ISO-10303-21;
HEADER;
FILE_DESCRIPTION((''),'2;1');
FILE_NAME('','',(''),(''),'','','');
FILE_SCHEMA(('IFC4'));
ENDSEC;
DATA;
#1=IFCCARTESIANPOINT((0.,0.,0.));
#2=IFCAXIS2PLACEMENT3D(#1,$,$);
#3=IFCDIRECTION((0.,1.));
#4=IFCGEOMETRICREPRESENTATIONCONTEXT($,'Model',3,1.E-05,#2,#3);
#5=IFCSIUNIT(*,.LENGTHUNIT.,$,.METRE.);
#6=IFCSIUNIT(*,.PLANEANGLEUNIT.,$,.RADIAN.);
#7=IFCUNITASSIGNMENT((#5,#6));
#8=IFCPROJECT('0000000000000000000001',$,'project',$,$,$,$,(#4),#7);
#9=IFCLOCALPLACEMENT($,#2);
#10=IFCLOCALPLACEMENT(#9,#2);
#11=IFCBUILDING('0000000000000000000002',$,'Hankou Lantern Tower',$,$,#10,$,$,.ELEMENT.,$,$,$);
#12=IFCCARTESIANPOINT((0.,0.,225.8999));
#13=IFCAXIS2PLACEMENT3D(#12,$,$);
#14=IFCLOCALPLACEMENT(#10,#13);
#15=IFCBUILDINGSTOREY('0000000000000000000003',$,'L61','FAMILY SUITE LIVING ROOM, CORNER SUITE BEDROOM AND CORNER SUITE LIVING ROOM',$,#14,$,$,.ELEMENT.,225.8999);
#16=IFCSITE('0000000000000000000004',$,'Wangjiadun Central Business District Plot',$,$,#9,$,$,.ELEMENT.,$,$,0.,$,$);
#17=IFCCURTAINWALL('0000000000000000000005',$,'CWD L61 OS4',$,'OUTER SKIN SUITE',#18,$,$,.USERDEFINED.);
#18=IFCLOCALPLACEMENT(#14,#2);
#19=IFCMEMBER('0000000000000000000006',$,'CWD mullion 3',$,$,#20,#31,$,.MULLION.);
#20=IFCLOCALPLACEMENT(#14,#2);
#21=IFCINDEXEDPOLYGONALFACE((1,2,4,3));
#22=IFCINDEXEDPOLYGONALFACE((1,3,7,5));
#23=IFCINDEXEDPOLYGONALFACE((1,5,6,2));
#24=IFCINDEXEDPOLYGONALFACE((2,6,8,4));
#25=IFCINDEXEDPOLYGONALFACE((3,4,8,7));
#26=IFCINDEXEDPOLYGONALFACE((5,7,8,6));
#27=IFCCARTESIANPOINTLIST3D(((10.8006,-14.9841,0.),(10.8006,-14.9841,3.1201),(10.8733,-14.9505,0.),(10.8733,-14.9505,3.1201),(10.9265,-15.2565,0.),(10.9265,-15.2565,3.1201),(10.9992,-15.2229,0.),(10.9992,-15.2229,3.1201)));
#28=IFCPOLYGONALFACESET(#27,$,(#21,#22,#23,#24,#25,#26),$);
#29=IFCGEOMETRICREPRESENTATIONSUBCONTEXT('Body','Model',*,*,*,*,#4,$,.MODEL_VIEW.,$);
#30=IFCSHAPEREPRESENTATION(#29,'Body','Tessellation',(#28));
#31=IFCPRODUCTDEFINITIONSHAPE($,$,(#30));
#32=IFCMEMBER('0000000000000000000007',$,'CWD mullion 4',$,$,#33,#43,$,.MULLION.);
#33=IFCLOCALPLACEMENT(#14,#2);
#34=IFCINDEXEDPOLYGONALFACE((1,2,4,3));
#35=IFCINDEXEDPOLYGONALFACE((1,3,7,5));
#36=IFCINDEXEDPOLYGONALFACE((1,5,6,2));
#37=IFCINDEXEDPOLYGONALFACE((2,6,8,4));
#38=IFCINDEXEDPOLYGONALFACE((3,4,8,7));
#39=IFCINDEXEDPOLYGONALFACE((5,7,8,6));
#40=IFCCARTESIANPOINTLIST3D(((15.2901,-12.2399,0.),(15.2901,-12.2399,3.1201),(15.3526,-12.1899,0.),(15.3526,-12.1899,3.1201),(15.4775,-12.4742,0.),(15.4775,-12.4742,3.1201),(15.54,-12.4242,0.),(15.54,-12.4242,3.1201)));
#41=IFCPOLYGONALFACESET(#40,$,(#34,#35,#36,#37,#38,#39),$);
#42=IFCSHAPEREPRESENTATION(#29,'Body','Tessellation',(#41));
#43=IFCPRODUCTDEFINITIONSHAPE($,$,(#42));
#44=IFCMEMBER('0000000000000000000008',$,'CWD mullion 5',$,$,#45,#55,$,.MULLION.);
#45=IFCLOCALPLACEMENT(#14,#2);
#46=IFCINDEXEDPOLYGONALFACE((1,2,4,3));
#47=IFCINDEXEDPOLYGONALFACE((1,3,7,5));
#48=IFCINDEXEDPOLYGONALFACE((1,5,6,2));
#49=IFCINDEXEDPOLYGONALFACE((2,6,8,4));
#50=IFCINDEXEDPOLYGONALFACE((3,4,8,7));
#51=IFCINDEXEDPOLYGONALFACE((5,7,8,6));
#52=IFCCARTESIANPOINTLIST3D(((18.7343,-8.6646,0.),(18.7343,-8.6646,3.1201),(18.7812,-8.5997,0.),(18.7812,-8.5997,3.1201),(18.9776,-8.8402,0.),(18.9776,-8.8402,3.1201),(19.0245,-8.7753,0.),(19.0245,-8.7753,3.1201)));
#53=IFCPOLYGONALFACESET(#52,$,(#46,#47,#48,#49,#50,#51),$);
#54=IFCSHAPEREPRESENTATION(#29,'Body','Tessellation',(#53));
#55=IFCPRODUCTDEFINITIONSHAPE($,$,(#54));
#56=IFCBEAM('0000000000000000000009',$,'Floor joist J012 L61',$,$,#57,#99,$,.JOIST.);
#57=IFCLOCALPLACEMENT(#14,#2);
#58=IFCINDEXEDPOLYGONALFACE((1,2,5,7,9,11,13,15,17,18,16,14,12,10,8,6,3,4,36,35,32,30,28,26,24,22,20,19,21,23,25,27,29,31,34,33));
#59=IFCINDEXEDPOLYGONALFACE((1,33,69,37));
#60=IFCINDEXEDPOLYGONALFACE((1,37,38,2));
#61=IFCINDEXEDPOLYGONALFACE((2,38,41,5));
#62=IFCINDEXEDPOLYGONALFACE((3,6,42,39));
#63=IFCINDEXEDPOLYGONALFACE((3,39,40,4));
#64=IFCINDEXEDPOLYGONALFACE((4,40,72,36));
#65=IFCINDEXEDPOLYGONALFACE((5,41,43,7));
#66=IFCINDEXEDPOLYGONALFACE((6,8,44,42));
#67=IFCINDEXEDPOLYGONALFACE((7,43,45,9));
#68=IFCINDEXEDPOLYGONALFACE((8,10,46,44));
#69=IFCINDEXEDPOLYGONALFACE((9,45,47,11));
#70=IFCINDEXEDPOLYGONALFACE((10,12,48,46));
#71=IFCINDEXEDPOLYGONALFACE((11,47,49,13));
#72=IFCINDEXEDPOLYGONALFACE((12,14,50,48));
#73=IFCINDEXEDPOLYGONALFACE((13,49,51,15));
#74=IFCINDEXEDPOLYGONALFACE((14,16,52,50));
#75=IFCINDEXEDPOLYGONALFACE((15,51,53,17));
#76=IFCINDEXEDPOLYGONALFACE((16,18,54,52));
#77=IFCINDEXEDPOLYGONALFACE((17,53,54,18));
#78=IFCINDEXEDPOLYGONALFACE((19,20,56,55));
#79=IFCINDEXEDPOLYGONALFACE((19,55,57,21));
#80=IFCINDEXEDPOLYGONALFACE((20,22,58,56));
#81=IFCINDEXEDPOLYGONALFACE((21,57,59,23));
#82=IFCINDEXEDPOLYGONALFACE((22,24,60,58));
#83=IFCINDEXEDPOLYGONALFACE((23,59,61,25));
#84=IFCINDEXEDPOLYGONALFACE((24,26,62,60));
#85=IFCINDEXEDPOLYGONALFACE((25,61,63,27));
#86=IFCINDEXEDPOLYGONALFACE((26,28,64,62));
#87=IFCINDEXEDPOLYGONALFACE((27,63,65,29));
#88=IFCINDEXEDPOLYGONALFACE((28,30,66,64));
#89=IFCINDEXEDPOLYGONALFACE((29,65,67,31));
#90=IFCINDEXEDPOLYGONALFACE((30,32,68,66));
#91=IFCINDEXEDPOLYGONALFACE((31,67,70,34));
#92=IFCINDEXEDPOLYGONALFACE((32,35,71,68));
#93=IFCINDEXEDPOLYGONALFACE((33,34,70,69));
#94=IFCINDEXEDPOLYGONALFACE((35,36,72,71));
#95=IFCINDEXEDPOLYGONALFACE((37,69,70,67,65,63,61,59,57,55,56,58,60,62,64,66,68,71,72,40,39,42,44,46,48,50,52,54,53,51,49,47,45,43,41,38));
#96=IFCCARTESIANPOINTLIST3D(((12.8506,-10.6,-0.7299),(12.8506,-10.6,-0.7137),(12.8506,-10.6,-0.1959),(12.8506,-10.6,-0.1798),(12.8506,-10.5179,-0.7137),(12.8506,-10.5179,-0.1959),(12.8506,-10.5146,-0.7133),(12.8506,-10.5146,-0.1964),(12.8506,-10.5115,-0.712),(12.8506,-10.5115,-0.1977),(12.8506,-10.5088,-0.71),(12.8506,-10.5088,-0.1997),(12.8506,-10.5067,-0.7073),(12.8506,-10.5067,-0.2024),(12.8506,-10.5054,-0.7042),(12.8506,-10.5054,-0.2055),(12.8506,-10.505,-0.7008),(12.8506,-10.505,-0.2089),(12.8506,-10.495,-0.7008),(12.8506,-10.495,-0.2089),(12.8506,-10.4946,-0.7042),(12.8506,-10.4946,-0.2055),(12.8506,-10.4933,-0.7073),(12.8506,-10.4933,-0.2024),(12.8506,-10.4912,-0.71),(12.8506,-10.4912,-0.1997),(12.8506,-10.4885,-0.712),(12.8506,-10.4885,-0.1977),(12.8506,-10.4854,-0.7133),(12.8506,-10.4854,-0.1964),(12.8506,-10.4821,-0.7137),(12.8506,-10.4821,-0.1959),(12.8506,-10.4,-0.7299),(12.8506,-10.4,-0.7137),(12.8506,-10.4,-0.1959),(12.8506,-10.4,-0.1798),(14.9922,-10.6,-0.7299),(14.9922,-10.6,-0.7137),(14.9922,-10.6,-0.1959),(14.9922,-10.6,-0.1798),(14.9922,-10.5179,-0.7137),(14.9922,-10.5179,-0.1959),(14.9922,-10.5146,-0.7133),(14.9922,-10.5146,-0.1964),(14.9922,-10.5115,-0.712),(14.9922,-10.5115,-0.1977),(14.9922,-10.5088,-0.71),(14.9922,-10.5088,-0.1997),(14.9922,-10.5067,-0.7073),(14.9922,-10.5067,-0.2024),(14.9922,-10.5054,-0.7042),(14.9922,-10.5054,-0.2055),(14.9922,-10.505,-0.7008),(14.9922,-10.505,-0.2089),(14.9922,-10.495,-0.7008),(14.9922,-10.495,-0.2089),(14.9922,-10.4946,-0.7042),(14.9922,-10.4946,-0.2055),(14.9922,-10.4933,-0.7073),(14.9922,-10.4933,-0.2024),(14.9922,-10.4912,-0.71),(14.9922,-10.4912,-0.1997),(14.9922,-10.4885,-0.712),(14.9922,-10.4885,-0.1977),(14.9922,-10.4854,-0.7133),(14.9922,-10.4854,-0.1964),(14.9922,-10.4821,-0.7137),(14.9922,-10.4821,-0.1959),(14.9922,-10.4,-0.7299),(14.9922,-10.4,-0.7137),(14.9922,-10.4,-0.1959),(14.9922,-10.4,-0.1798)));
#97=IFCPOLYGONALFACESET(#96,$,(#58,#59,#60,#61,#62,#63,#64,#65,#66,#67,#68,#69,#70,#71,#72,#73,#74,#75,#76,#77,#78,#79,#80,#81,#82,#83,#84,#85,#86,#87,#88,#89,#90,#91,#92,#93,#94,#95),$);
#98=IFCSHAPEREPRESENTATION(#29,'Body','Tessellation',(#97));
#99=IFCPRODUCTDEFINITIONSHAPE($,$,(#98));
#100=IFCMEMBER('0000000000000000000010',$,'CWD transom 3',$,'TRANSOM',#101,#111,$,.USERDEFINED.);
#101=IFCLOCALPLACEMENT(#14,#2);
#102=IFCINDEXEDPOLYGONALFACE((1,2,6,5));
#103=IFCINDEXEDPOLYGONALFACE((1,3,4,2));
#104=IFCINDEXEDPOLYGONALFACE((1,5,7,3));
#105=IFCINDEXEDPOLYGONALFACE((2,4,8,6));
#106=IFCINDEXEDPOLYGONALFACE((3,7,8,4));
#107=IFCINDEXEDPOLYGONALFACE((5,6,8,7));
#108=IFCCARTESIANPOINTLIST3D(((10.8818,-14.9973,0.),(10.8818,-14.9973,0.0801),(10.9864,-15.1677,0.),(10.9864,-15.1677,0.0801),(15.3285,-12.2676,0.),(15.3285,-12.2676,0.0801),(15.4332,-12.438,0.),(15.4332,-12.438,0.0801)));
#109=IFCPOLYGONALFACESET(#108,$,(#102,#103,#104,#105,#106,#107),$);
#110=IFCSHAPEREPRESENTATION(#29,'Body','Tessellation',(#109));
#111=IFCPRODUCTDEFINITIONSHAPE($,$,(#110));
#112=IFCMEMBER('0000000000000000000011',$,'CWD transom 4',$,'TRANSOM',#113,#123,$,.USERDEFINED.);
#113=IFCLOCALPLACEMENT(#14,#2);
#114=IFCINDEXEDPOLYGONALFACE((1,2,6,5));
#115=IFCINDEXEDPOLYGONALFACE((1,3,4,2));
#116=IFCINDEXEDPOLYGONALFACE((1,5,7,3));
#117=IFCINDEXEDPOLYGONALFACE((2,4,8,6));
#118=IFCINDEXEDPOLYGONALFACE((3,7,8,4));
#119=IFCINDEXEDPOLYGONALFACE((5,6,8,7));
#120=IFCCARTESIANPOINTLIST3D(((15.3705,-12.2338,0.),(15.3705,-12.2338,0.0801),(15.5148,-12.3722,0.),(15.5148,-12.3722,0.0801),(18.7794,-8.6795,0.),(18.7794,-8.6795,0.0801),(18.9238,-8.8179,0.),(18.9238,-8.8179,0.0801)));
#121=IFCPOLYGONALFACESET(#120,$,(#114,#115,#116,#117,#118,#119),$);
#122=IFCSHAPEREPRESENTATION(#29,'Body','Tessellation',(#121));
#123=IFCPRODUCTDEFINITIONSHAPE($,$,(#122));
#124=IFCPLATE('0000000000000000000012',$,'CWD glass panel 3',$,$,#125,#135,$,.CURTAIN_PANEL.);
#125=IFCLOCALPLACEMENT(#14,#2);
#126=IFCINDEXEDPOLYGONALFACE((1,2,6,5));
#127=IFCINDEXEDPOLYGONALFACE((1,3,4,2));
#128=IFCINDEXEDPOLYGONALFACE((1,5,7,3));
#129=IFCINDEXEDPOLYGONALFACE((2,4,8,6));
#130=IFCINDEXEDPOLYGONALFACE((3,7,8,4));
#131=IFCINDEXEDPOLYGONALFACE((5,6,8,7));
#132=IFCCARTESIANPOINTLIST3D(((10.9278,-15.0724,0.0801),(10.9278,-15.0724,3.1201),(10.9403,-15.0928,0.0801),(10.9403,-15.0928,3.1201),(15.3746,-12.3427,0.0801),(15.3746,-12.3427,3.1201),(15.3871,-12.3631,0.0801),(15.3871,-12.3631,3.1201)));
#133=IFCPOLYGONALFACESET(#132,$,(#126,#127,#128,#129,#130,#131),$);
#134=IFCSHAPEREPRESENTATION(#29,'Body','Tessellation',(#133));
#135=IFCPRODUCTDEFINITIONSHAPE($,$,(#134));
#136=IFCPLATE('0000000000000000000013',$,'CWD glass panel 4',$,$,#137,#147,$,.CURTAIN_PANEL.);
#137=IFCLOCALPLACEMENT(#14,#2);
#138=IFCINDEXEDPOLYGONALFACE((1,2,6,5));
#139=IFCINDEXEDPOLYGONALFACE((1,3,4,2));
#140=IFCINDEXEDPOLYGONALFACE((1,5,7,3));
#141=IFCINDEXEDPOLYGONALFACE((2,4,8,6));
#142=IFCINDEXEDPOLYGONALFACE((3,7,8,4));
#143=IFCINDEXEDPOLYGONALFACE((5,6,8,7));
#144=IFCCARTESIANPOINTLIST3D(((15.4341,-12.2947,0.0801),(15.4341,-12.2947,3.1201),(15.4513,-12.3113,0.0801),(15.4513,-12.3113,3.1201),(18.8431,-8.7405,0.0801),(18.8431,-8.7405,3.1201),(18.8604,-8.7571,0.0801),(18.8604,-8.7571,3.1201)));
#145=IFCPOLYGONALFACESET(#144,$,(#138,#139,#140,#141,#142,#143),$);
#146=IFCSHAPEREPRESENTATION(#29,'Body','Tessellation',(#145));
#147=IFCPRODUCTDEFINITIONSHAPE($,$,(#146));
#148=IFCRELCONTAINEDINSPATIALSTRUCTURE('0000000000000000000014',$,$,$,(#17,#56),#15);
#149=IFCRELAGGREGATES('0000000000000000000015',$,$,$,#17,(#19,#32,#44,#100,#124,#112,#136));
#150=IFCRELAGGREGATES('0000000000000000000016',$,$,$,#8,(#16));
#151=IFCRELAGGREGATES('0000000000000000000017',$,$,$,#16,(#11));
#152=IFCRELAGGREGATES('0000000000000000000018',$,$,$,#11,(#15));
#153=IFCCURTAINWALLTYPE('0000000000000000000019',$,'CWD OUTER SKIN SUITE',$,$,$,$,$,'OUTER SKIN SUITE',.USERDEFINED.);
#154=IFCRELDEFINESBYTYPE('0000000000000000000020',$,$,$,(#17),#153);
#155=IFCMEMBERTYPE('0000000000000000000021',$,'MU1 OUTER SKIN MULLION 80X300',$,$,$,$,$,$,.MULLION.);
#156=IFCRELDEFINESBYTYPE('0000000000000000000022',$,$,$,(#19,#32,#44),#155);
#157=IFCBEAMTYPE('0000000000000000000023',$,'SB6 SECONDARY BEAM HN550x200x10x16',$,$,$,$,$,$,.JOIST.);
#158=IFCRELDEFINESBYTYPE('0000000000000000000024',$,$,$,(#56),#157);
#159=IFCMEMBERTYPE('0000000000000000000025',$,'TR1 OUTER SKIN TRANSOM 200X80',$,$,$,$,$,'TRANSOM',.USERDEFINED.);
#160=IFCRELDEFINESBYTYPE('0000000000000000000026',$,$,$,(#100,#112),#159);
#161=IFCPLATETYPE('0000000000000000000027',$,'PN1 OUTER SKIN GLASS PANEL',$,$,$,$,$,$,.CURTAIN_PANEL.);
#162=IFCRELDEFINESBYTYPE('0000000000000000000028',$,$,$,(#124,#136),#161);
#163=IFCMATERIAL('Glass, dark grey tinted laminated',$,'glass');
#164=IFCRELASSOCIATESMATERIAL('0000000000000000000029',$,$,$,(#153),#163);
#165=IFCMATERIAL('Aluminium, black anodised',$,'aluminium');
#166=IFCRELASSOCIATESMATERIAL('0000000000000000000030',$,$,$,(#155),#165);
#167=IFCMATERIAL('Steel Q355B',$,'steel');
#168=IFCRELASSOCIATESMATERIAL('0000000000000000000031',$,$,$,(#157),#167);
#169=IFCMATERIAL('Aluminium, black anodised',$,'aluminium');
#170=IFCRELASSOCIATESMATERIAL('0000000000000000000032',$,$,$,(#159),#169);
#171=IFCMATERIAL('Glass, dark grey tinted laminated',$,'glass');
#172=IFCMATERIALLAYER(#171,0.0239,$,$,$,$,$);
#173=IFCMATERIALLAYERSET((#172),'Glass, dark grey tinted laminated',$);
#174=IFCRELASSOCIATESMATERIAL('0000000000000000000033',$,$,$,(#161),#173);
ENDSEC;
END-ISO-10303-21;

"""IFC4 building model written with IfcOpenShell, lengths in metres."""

from ifc_helpers import new_model, si_unit, direction, frame, origin, origin_2d, place, context, subcontext, project, spatial, rectangle, i_section, extrude, material, layer, layer_set, material_profile, profile_set, type_object, element, aggregate, save


model = new_model("IFC4")

# Units and contexts
model_context = context("Model", 3, precision=1e-05, world=origin(), true_north=direction((0.0, 1.0)))
body_context = subcontext(model_context, "Body", "Model", "MODEL_VIEW")
ifc_project = project(units=[si_unit("LENGTHUNIT", "METRE"), si_unit("PLANEANGLEUNIT", "RADIAN")], contexts=[model_context])

# Site, building, storey
site_placement = place(None, origin())
site = spatial("IfcSite", under=ifc_project, at=site_placement, Name="Wangjiadun Central Business District Plot", CompositionType="ELEMENT", RefElevation=0.0)
building_placement = place(site_placement, origin())
building = spatial("IfcBuilding", under=site, at=building_placement, Name="Hankou Lantern Tower", CompositionType="ELEMENT")
storey_placement = place(building_placement, frame((0.0, 0.0, 225.8999)))
storey = spatial("IfcBuildingStorey", under=building, at=storey_placement, Name="L61", Description="FAMILY SUITE LIVING ROOM, CORNER SUITE BEDROOM AND CORNER SUITE LIVING ROOM", CompositionType="ELEMENT", Elevation=225.8999)

# Curtain wall, members
ifc_material_1 = material(Name="Glass, dark grey tinted laminated", Category="glass")
curtain_wall_type = type_object("IfcCurtainWallType", Name="CWD OUTER SKIN SUITE", ElementType="OUTER SKIN SUITE", PredefinedType="USERDEFINED", material=ifc_material_1)
curtain_wall_placement = place(storey_placement, origin())
curtain_wall = element("IfcCurtainWall", 1, at=curtain_wall_placement, inside=storey, type_object=curtain_wall_type, Name="CWD L61 OS4", ObjectType="OUTER SKIN SUITE", PredefinedType="USERDEFINED")
ifc_material_2 = material(Name="Aluminium, black anodised", Category="aluminium")
ifc_material_profile_1 = material_profile(ifc_material_2, rectangle(XDim=0.0801, YDim=0.3, at=origin_2d()), Name="MU1 80X300")
ifc_profile_set_1 = profile_set([ifc_material_profile_1], Name="Aluminium, black anodised")
member_type_1 = type_object("IfcMemberType", Name="MU1 OUTER SKIN MULLION 80X300", PredefinedType="MULLION", material=ifc_profile_set_1)
member_1_placement = place(storey_placement, frame((10.8999, -15.1035, 0.0), z_axis=(0.0, 0.0, 1.0), x_axis=(0.907841, 0.419314, 0.0)))
member_1 = element("IfcMember", 2, at=member_1_placement, type_object=member_type_1, Name="CWD mullion 3", PredefinedType="MULLION", context=body_context, shape_type="SweptSolid", body=[
    extrude(rectangle(XDim=0.0801, YDim=0.3, at=origin_2d()), origin(), (0.0, 0.0, 1.0), 3.1201),
])
member_2_placement = place(storey_placement, frame((15.415, -12.332, 0.0), z_axis=(0.0, 0.0, 1.0), x_axis=(0.780869, 0.624695, 0.0)))
member_2 = element("IfcMember", 3, at=member_2_placement, type_object=member_type_1, Name="CWD mullion 4", PredefinedType="MULLION", context=body_context, shape_type="SweptSolid", body=[
    extrude(rectangle(XDim=0.0801, YDim=0.3, at=origin_2d()), origin(), (0.0, 0.0, 1.0), 3.1201),
])
member_3_placement = place(storey_placement, frame((18.8794, -8.72, 0.0), z_axis=(0.0, 0.0, 1.0), x_axis=(0.585206, 0.810885, 0.0)))
member_3 = element("IfcMember", 4, at=member_3_placement, type_object=member_type_1, Name="CWD mullion 5", PredefinedType="MULLION", context=body_context, shape_type="SweptSolid", body=[
    extrude(rectangle(XDim=0.0801, YDim=0.3, at=origin_2d()), origin(), (0.0, 0.0, 1.0), 3.1201),
])

# Beam
ifc_material_3 = material(Name="Steel Q355B", Category="steel")
ifc_material_profile_2 = material_profile(ifc_material_3, i_section(OverallWidth=0.2, OverallDepth=0.55, WebThickness=0.01, FlangeThickness=0.0161, FilletRadius=0.0129, at=origin_2d()), Name="HN550x200x10x16")
ifc_profile_set_2 = profile_set([ifc_material_profile_2], Name="Steel Q355B")
beam_type_1 = type_object("IfcBeamType", Name="SB6 SECONDARY BEAM HN550x200x10x16", PredefinedType="JOIST", material=ifc_profile_set_2)
beam_1_placement = place(storey_placement, frame((12.8506, -10.5, -0.4548), z_axis=(1.0, 0.0, 0.0), x_axis=(0.0, 1.0, 0.0)))
element("IfcBeam", 5, at=beam_1_placement, inside=storey, type_object=beam_type_1, Name="Floor joist J012 L61", PredefinedType="JOIST", context=body_context, shape_type="SweptSolid", body=[
    extrude(i_section(OverallWidth=0.2, OverallDepth=0.55, WebThickness=0.01, FlangeThickness=0.0161, FilletRadius=0.0129, at=origin_2d()), origin(), (0.0, 0.0, 1.0), 2.1416),
])

# Members
ifc_material_4 = material(Name="Aluminium, black anodised", Category="aluminium")
ifc_material_profile_3 = material_profile(ifc_material_4, rectangle(XDim=0.2, YDim=0.0801, at=origin_2d()), Name="TR1 200X80")
ifc_profile_set_3 = profile_set([ifc_material_profile_3], Name="Aluminium, black anodised")
member_type_2 = type_object("IfcMemberType", Name="TR1 OUTER SKIN TRANSOM 200X80", ElementType="TRANSOM", PredefinedType="USERDEFINED", material=ifc_profile_set_3)
member_4_placement = place(storey_placement, frame((10.9341, -15.0825, 0.04), z_axis=(0.852235, 0.52316, 0.0), x_axis=(-0.52316, 0.852235, 0.0)))
member_4 = element("IfcMember", 6, at=member_4_placement, type_object=member_type_2, Name="CWD transom 3", ObjectType="TRANSOM", PredefinedType="USERDEFINED", context=body_context, shape_type="SweptSolid", body=[
    extrude(rectangle(XDim=0.2, YDim=0.0801, at=origin_2d()), origin(), (0.0, 0.0, 1.0), 5.2178),
])
member_5_placement = place(storey_placement, frame((15.4426, -12.303, 0.04), z_axis=(0.692205, 0.721701, 0.0), x_axis=(-0.721701, 0.692205, 0.0)))
member_5 = element("IfcMember", 7, at=member_5_placement, type_object=member_type_2, Name="CWD transom 4", ObjectType="TRANSOM", PredefinedType="USERDEFINED", context=body_context, shape_type="SweptSolid", body=[
    extrude(rectangle(XDim=0.2, YDim=0.0801, at=origin_2d()), origin(), (0.0, 0.0, 1.0), 4.9248),
])

# Plates
ifc_material_5 = material(Name="Glass, dark grey tinted laminated", Category="glass")
ifc_layer_1 = layer(ifc_material_5, 0.0239)
ifc_layer_set_1 = layer_set([ifc_layer_1], Name="Glass, dark grey tinted laminated")
plate_type = type_object("IfcPlateType", Name="PN1 OUTER SKIN GLASS PANEL", PredefinedType="CURTAIN_PANEL", material=ifc_layer_set_1)
plate_1_placement = place(storey_placement, frame((13.1575, -13.7178, 0.0801), z_axis=(0.0, 0.0, 1.0), x_axis=(0.852237, 0.523156, 0.0)))
plate_1 = element("IfcPlate", 8, at=plate_1_placement, type_object=plate_type, Name="CWD glass panel 3", PredefinedType="CURTAIN_PANEL", context=body_context, shape_type="SweptSolid", body=[
    extrude(rectangle(XDim=5.2178, YDim=0.0239, at=origin_2d()), origin(), (0.0, 0.0, 1.0), 3.04),
])
plate_2_placement = place(storey_placement, frame((17.1472, -10.5259, 0.0801), z_axis=(0.0, 0.0, 1.0), x_axis=(0.692216, 0.721691, 0.0)))
plate_2 = element("IfcPlate", 9, at=plate_2_placement, type_object=plate_type, Name="CWD glass panel 4", PredefinedType="CURTAIN_PANEL", context=body_context, shape_type="SweptSolid", body=[
    extrude(rectangle(XDim=4.9248, YDim=0.0239, at=origin_2d()), origin(), (0.0, 0.0, 1.0), 3.04),
])
aggregate(curtain_wall, [member_1, member_2, member_3, member_4, plate_1, member_5, plate_2])

save(model, "model.ifc")
